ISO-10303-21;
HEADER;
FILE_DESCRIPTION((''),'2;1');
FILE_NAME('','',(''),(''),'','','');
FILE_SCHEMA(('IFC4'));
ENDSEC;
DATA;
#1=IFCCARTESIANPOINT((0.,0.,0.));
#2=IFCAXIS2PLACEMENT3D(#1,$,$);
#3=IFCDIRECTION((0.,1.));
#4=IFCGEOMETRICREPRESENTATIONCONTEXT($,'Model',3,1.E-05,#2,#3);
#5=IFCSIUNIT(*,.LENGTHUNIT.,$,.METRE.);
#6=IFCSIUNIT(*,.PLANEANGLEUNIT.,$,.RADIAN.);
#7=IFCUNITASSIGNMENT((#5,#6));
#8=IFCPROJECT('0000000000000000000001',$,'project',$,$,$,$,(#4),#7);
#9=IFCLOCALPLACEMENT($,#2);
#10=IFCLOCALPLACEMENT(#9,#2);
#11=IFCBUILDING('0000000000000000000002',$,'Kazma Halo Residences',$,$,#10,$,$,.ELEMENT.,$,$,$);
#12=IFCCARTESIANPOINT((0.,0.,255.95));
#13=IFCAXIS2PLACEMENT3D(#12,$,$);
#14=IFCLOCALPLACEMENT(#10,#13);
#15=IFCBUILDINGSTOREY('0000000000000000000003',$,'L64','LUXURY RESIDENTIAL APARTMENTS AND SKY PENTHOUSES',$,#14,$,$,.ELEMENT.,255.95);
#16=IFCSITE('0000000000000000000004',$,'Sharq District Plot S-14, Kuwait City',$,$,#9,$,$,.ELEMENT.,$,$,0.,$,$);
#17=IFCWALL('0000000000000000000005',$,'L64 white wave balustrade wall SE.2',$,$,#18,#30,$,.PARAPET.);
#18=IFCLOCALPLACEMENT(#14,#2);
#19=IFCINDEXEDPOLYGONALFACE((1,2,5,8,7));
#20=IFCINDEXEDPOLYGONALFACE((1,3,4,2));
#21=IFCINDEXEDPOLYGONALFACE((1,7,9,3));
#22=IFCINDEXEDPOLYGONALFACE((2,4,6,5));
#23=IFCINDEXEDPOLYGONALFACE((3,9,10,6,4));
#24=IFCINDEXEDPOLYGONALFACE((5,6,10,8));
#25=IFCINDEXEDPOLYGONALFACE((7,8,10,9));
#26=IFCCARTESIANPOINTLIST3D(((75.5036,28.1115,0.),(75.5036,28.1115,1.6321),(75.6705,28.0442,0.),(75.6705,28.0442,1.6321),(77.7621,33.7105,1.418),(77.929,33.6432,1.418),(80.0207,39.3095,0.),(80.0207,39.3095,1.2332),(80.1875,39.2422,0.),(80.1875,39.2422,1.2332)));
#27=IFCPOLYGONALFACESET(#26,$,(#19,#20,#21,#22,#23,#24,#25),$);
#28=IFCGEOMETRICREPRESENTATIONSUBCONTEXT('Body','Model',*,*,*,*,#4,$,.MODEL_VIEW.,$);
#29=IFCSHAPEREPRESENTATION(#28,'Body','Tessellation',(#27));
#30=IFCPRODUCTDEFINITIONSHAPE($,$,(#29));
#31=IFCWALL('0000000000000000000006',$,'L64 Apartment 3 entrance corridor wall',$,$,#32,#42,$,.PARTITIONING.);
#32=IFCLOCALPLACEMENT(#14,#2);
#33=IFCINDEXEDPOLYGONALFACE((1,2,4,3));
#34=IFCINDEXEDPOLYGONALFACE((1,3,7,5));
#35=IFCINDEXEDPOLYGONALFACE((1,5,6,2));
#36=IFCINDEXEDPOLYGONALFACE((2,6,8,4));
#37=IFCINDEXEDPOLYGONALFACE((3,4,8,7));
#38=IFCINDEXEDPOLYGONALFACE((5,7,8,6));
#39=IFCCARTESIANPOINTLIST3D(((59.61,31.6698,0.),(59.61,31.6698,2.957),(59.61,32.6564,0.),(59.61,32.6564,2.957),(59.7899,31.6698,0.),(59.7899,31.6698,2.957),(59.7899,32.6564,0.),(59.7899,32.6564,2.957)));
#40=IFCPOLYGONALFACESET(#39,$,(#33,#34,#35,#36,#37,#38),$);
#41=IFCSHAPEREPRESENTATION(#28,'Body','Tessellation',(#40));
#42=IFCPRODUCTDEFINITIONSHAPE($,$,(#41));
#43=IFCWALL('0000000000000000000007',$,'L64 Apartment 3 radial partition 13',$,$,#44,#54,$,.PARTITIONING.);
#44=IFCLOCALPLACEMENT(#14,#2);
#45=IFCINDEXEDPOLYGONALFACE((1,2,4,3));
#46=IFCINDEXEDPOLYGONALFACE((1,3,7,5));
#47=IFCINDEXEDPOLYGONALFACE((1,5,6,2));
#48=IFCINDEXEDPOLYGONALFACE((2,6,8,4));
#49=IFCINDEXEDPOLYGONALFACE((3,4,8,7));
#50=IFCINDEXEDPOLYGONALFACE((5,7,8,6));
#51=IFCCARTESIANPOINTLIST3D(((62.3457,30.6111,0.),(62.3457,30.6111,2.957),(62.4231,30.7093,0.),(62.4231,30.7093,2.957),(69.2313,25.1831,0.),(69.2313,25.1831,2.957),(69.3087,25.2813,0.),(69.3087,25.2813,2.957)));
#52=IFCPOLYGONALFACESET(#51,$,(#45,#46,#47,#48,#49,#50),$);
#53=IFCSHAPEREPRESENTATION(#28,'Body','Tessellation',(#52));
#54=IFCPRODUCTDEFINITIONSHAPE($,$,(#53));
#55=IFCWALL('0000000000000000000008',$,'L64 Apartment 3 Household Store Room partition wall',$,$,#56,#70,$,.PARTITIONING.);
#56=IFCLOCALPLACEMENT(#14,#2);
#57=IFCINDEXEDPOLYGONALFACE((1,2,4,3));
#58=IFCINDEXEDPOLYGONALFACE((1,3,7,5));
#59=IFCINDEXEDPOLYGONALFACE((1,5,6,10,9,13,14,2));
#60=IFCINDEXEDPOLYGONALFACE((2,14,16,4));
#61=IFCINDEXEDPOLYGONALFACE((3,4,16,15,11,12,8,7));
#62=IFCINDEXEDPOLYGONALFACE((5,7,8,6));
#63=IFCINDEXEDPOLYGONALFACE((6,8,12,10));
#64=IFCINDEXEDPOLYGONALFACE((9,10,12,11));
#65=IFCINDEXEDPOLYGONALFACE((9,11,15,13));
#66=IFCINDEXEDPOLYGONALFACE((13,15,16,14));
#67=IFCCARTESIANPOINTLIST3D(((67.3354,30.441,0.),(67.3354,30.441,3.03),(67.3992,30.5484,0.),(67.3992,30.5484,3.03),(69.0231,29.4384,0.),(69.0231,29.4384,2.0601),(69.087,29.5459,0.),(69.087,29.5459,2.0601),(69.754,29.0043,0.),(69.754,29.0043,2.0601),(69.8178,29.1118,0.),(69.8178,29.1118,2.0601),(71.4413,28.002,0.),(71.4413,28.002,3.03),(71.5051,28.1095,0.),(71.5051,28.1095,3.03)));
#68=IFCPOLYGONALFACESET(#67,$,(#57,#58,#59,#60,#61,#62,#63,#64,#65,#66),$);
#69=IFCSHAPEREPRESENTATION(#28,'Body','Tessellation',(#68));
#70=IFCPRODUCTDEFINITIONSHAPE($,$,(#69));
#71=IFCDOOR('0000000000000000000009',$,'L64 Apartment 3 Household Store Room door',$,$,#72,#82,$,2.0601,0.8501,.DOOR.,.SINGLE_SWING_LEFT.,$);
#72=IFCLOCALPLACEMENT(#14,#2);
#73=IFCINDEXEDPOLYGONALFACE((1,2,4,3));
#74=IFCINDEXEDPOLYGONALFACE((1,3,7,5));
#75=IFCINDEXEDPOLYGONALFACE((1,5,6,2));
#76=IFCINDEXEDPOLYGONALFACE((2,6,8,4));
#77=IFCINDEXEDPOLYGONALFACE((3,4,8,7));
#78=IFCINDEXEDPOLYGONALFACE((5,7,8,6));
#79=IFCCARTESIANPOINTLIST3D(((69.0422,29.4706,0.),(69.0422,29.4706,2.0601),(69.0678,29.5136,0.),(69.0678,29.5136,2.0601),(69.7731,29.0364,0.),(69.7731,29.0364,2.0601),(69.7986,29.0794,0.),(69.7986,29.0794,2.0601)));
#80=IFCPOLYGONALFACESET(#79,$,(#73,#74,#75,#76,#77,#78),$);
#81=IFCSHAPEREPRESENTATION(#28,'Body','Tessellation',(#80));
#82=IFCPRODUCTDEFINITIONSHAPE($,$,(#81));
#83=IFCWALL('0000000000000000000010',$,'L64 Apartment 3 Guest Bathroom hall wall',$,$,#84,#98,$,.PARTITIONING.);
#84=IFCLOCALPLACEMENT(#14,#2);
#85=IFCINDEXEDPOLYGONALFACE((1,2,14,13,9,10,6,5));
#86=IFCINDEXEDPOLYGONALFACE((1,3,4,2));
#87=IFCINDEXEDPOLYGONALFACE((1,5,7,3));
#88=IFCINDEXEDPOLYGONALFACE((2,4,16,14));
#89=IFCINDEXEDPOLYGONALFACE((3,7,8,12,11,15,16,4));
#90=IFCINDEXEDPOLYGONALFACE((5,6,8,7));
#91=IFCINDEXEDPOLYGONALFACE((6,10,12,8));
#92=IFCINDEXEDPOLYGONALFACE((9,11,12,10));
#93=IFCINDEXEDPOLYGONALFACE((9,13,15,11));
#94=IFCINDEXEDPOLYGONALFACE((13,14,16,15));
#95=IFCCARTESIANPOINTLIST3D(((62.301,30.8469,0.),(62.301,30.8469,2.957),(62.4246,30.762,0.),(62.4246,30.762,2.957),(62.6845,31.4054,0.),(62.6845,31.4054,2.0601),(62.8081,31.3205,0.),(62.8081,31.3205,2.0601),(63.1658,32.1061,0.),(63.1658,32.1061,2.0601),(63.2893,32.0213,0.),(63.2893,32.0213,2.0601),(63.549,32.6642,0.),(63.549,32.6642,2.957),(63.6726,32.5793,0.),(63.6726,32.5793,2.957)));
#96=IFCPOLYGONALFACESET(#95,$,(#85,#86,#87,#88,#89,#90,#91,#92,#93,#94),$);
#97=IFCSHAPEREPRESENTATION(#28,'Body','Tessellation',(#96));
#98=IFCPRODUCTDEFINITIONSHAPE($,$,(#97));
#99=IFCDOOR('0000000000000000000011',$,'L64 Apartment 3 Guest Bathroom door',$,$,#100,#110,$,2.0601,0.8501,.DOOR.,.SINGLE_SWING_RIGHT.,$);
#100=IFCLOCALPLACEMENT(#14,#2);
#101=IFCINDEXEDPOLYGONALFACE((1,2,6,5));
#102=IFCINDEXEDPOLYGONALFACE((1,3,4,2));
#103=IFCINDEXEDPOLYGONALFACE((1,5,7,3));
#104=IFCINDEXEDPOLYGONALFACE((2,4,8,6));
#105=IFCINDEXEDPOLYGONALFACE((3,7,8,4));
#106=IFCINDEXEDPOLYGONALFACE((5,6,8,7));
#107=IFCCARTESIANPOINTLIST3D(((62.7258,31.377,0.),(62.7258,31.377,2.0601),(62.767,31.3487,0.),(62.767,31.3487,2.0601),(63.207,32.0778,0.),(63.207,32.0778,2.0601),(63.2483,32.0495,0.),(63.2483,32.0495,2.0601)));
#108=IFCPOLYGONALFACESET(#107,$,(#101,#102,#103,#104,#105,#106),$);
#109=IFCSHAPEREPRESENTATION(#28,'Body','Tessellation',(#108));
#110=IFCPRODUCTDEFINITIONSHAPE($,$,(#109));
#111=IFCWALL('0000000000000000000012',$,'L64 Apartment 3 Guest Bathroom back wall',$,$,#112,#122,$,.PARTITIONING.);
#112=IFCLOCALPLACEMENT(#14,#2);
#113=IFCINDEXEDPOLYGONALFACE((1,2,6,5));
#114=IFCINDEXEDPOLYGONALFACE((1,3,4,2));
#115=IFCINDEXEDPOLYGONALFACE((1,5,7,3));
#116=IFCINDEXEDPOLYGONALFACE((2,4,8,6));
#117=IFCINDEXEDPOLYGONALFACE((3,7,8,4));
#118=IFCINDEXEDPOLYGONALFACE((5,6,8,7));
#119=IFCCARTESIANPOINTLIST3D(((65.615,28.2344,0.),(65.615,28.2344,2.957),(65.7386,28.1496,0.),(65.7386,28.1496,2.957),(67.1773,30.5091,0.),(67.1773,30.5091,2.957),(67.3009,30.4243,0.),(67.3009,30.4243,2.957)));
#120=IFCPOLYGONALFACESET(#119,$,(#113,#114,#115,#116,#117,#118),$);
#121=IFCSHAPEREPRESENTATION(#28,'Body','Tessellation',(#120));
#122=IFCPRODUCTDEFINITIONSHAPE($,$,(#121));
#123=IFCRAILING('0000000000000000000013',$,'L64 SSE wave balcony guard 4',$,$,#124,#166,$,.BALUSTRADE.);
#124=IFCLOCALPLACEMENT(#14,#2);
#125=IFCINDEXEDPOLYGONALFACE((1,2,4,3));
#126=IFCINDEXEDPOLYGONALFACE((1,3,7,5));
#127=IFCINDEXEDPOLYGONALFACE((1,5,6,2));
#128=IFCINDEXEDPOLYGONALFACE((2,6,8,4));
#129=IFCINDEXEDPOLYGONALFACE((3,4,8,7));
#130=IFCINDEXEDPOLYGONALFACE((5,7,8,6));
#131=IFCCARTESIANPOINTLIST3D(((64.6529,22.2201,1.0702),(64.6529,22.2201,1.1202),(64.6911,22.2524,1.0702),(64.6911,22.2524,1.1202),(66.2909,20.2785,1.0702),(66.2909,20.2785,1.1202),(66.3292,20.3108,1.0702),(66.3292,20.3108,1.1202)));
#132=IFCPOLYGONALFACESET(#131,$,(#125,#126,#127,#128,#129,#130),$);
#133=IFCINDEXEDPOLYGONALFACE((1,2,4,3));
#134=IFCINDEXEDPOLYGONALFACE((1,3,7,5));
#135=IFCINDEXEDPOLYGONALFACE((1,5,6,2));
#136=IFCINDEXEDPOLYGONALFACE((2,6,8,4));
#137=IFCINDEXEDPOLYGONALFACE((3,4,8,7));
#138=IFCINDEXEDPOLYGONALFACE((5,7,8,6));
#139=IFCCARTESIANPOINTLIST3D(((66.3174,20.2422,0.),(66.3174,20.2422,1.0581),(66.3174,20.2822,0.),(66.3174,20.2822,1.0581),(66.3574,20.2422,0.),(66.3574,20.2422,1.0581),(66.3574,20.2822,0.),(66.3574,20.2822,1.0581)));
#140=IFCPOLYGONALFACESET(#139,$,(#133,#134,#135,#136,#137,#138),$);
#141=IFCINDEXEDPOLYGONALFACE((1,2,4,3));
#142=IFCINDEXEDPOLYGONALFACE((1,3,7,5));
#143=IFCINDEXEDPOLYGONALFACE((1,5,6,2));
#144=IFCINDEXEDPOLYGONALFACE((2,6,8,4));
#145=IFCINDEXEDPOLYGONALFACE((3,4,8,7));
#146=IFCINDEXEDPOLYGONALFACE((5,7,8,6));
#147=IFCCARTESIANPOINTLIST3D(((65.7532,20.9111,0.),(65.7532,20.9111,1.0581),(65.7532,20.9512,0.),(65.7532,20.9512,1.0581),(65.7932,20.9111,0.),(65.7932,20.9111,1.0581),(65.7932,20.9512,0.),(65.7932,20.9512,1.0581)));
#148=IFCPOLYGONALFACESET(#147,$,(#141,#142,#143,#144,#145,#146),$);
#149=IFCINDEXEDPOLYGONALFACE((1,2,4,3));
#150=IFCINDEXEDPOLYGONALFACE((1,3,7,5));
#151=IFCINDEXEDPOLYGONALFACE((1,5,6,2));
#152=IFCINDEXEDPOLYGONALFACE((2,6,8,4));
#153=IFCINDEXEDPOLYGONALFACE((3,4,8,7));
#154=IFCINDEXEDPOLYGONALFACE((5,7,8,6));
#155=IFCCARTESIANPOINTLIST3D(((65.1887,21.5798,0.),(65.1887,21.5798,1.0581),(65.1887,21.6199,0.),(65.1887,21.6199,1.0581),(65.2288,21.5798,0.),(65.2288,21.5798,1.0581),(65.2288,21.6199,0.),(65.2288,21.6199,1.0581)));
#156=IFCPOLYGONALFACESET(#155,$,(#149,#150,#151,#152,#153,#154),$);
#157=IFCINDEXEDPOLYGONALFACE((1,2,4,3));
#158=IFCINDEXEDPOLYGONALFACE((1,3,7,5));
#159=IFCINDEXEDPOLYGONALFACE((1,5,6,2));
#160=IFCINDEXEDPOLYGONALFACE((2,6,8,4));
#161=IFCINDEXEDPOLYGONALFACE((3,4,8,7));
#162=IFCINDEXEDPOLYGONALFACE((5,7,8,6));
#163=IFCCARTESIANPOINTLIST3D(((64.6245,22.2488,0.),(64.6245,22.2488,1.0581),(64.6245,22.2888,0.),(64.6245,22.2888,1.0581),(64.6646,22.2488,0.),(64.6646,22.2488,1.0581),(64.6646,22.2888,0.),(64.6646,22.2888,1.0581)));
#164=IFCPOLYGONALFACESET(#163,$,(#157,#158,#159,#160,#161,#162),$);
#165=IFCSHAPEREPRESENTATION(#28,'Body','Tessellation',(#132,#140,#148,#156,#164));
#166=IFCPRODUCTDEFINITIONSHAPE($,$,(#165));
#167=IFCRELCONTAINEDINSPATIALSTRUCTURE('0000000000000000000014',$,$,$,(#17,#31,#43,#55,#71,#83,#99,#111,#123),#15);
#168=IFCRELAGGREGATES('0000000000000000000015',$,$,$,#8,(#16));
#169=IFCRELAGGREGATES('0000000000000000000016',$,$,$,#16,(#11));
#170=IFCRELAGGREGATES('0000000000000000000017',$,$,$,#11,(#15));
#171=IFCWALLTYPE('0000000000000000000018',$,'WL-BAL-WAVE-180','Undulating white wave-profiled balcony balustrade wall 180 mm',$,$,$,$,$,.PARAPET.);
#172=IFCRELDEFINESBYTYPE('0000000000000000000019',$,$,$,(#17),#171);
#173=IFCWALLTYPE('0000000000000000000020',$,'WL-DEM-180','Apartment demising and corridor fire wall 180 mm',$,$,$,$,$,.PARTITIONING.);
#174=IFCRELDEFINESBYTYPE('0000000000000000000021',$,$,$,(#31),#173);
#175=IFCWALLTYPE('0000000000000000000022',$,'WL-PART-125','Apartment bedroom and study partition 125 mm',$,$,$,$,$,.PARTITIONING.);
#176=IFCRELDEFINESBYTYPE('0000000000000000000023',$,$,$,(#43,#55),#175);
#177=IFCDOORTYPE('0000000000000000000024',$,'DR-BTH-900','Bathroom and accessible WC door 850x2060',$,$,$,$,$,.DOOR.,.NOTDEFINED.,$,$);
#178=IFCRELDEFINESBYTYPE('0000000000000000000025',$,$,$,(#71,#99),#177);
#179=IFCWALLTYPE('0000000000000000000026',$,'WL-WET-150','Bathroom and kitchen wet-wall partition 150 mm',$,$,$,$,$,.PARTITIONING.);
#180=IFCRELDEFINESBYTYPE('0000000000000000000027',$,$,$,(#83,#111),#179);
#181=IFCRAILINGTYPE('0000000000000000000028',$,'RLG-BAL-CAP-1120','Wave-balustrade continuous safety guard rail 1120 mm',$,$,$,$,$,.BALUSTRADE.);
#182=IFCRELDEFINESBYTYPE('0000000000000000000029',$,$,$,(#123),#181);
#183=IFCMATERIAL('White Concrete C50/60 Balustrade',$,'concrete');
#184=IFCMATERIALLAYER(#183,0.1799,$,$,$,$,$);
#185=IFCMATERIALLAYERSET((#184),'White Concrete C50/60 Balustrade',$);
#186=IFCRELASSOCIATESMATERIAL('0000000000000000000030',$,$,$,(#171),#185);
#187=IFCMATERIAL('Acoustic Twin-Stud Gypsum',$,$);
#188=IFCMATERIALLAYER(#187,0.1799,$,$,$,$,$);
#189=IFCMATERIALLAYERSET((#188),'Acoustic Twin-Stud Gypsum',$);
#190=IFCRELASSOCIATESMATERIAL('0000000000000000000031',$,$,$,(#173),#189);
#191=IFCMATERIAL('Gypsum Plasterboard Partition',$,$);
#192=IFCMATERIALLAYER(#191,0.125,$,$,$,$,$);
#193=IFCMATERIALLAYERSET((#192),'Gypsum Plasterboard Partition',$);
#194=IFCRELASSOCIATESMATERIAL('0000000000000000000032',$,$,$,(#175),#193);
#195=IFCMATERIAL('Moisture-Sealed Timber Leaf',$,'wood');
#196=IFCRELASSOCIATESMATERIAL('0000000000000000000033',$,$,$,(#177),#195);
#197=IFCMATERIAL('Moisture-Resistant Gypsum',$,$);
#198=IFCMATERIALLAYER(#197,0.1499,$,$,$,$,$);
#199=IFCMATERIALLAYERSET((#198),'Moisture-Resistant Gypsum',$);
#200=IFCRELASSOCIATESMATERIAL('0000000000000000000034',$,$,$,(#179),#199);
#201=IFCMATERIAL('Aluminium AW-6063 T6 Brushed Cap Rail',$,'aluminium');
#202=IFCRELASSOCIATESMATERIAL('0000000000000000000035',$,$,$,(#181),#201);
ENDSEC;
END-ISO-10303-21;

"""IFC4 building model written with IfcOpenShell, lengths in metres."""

from ifc_helpers import new_model, si_unit, direction, frame, frame_2d, origin, origin_2d, place, context, subcontext, project, spatial, polyline, rectangle, outline, extrude, material, layer, layer_set, type_object, element, fill, save


model = new_model("IFC4")

# Units and contexts
model_context = context("Model", 3, precision=1e-05, world=origin(), true_north=direction((0.0, 1.0)))
body_context = subcontext(model_context, "Body", "Model", "MODEL_VIEW")
ifc_project = project(units=[si_unit("LENGTHUNIT", "METRE"), si_unit("PLANEANGLEUNIT", "RADIAN")], contexts=[model_context])

# Site, building, storey
site_placement = place(None, origin())
site = spatial("IfcSite", under=ifc_project, at=site_placement, Name="Sharq District Plot S-14, Kuwait City", CompositionType="ELEMENT", RefElevation=0.0)
building_placement = place(site_placement, origin())
building = spatial("IfcBuilding", under=site, at=building_placement, Name="Kazma Halo Residences", CompositionType="ELEMENT")
storey_placement = place(building_placement, frame((0.0, 0.0, 255.95)))
storey = spatial("IfcBuildingStorey", under=building, at=storey_placement, Name="L64", Description="LUXURY RESIDENTIAL APARTMENTS AND SKY PENTHOUSES", CompositionType="ELEMENT", Elevation=255.95)

# Walls
ifc_material_1 = material(Name="White Concrete C50/60 Balustrade", Category="concrete")
ifc_layer_1 = layer(ifc_material_1, 0.1799)
ifc_layer_set_1 = layer_set([ifc_layer_1], Name="White Concrete C50/60 Balustrade")
wall_type_1 = type_object("IfcWallType", Name="WL-BAL-WAVE-180", Description="Undulating white wave-profiled balcony balustrade wall 180 mm", PredefinedType="PARAPET", material=ifc_layer_set_1)
wall_1_placement = place(storey_placement, frame((75.5869, 28.0779, 0.0), z_axis=(0.0, 0.0, 1.0), x_axis=(0.374094, 0.927391, 0.0)))
element("IfcWall", 1, at=wall_1_placement, inside=storey, type_object=wall_type_1, Name="L64 white wave balustrade wall SE.2", PredefinedType="PARAPET", context=body_context, shape_type="SweptSolid", body=[
    extrude(outline(polyline([(0.0, 0.0), (12.0747, 0.0), (12.0747, 1.2332), (6.0374, 1.418), (0.0, 1.6321), (0.0, 0.0)])), frame((0.0, 0.0898, 0.0), z_axis=(0.0, -1.0, 0.0), x_axis=(1.0, 0.0, 0.0)), (0.0, 0.0, 1.0), 0.1799),
])
ifc_material_2 = material(Name="Acoustic Twin-Stud Gypsum")
ifc_layer_2 = layer(ifc_material_2, 0.1799)
ifc_layer_set_2 = layer_set([ifc_layer_2], Name="Acoustic Twin-Stud Gypsum")
wall_type_2 = type_object("IfcWallType", Name="WL-DEM-180", Description="Apartment demising and corridor fire wall 180 mm", PredefinedType="PARTITIONING", material=ifc_layer_set_2)
wall_2_placement = place(storey_placement, frame((59.7, 31.6699, 0.0), z_axis=(0.0, 0.0, 1.0), x_axis=(0.0, 1.0, 0.0)))
element("IfcWall", 2, at=wall_2_placement, inside=storey, type_object=wall_type_2, Name="L64 Apartment 3 entrance corridor wall", PredefinedType="PARTITIONING", context=body_context, shape_type="SweptSolid", body=[
    extrude(rectangle(XDim=0.9866, YDim=0.1799, at=frame_2d((0.4932, 0.0))), origin(), (0.0, 0.0, 1.0), 2.957),
])

# Wall
ifc_material_3 = material(Name="Gypsum Plasterboard Partition")
ifc_layer_3 = layer(ifc_material_3, 0.125)
ifc_layer_set_3 = layer_set([ifc_layer_3], Name="Gypsum Plasterboard Partition")
wall_type_3 = type_object("IfcWallType", Name="WL-PART-125", Description="Apartment bedroom and study partition 125 mm", PredefinedType="PARTITIONING", material=ifc_layer_set_3)
wall_3_placement = place(storey_placement, frame((62.3845, 30.6602, 0.0), z_axis=(0.0, 0.0, 1.0), x_axis=(0.785323, -0.619086, 0.0)))
element("IfcWall", 3, at=wall_3_placement, inside=storey, type_object=wall_type_3, Name="L64 Apartment 3 radial partition 13", PredefinedType="PARTITIONING", context=body_context, shape_type="SweptSolid", body=[
    extrude(rectangle(XDim=8.7678, YDim=0.125, at=frame_2d((4.3838, 0.0))), origin(), (0.0, 0.0, 1.0), 2.957),
])

# Walls, openings, doors
wall_4_placement = place(storey_placement, frame((67.3674, 30.4946, 0.0), z_axis=(0.0, 0.0, 1.0), x_axis=(0.859758, -0.510702, 0.0)))
wall_4 = element("IfcWall", 4, at=wall_4_placement, inside=storey, type_object=wall_type_3, Name="L64 Apartment 3 Household Store Room partition wall", PredefinedType="PARTITIONING", context=body_context, shape_type="SweptSolid", body=[
    extrude(rectangle(XDim=4.7756, YDim=0.125, at=frame_2d((2.3877, 0.0))), origin(), (0.0, 0.0, 1.0), 3.03),
])
opening_1_placement = place(wall_4_placement, frame((1.9629, 0.0, 0.0)))
opening_1 = element("IfcOpeningElement", 5, at=opening_1_placement, cuts=wall_4, PredefinedType="OPENING", context=body_context, shape_type="SweptSolid", body=[
    extrude(rectangle(XDim=0.8501, YDim=2.0601, at=frame_2d((0.425, 1.03))), frame((0.0, 0.0725, 0.0), z_axis=(0.0, -1.0, 0.0), x_axis=(1.0, 0.0, 0.0)), (0.0, 0.0, 1.0), 0.145),
])
ifc_material_4 = material(Name="Moisture-Sealed Timber Leaf", Category="wood")
door_type_1 = type_object("IfcDoorType", Name="DR-BTH-900", Description="Bathroom and accessible WC door 850x2060", OperationType="NOTDEFINED", PredefinedType="DOOR", material=ifc_material_4)
door_1_placement = place(opening_1_placement, origin())
door_1 = element("IfcDoor", 6, at=door_1_placement, inside=storey, type_object=door_type_1, Name="L64 Apartment 3 Household Store Room door", OperationType="SINGLE_SWING_LEFT", OverallHeight=2.0601, OverallWidth=0.8501, PredefinedType="DOOR", context=body_context, shape_type="SweptSolid", body=[
    extrude(rectangle(XDim=0.8501, YDim=2.0601, at=frame_2d((0.425, 1.03))), frame((0.0, 0.0249, 0.0), z_axis=(0.0, -1.0, 0.0), x_axis=(1.0, 0.0, 0.0)), (0.0, 0.0, 1.0), 0.05),
])
fill(opening_1, door_1)
ifc_material_5 = material(Name="Moisture-Resistant Gypsum")
ifc_layer_4 = layer(ifc_material_5, 0.1499)
ifc_layer_set_4 = layer_set([ifc_layer_4], Name="Moisture-Resistant Gypsum")
wall_type_4 = type_object("IfcWallType", Name="WL-WET-150", Description="Bathroom and kitchen wet-wall partition 150 mm", PredefinedType="PARTITIONING", material=ifc_layer_set_4)
wall_5_placement = place(storey_placement, frame((62.3628, 30.8044, 0.0), z_axis=(0.0, 0.0, 1.0), x_axis=(0.566096, 0.824339, 0.0)))
wall_5 = element("IfcWall", 7, at=wall_5_placement, inside=storey, type_object=wall_type_4, Name="L64 Apartment 3 Guest Bathroom hall wall", PredefinedType="PARTITIONING", context=body_context, shape_type="SweptSolid", body=[
    extrude(rectangle(XDim=2.2046, YDim=0.1499, at=frame_2d((1.1023, 0.0))), origin(), (0.0, 0.0, 1.0), 2.957),
])
opening_2_placement = place(wall_5_placement, frame((0.6775, 0.0, 0.0)))
opening_2 = element("IfcOpeningElement", 8, at=opening_2_placement, cuts=wall_5, PredefinedType="OPENING", context=body_context, shape_type="SweptSolid", body=[
    extrude(rectangle(XDim=0.8501, YDim=2.0601, at=frame_2d((0.425, 1.03))), frame((0.0, 0.085, 0.0), z_axis=(0.0, -1.0, 0.0), x_axis=(1.0, 0.0, 0.0)), (0.0, 0.0, 1.0), 0.1699),
])
door_2_placement = place(opening_2_placement, origin())
door_2 = element("IfcDoor", 9, at=door_2_placement, inside=storey, type_object=door_type_1, Name="L64 Apartment 3 Guest Bathroom door", OperationType="SINGLE_SWING_RIGHT", OverallHeight=2.0601, OverallWidth=0.8501, PredefinedType="DOOR", context=body_context, shape_type="SweptSolid", body=[
    extrude(rectangle(XDim=0.8501, YDim=2.0601, at=frame_2d((0.425, 1.03))), frame((0.0, 0.0249, 0.0), z_axis=(0.0, -1.0, 0.0), x_axis=(1.0, 0.0, 0.0)), (0.0, 0.0, 1.0), 0.05),
])
fill(opening_2, door_2)

# Wall
wall_6_placement = place(storey_placement, frame((65.6768, 28.1919, 0.0), z_axis=(0.0, 0.0, 1.0), x_axis=(0.566142, 0.824308, 0.0)))
element("IfcWall", 10, at=wall_6_placement, inside=storey, type_object=wall_type_4, Name="L64 Apartment 3 Guest Bathroom back wall", PredefinedType="PARTITIONING", context=body_context, shape_type="SweptSolid", body=[
    extrude(rectangle(XDim=2.7595, YDim=0.1499, at=frame_2d((1.3799, 0.0))), origin(), (0.0, 0.0, 1.0), 2.957),
])

# Railing
ifc_material_6 = material(Name="Aluminium AW-6063 T6 Brushed Cap Rail", Category="aluminium")
railing_type = type_object("IfcRailingType", Name="RLG-BAL-CAP-1120", Description="Wave-balustrade continuous safety guard rail 1120 mm", PredefinedType="BALUSTRADE", material=ifc_material_6)
railing_1_placement = place(storey_placement, frame((66.3374, 20.2622, 0.0)))
element("IfcRailing", 11, at=railing_1_placement, inside=storey, type_object=railing_type, Name="L64 SSE wave balcony guard 4", PredefinedType="BALUSTRADE", context=body_context, shape_type="SweptSolid", body=[
    extrude(rectangle(XDim=0.05, YDim=0.05, at=origin_2d()), frame((-0.0273, 0.0325, 1.0952), z_axis=(-0.644828, 0.764327, 0.0), x_axis=(-0.764327, -0.644828, 0.0)), (0.0, 0.0, 1.0), 2.5403),
    extrude(rectangle(XDim=0.04, YDim=0.04, at=origin_2d()), origin(), (0.0, 0.0, 1.0), 1.0581),
    extrude(rectangle(XDim=0.04, YDim=0.04, at=origin_2d()), frame((-0.5642, 0.6689, 0.0)), (0.0, 0.0, 1.0), 1.0581),
    extrude(rectangle(XDim=0.04, YDim=0.04, at=origin_2d()), frame((-1.1287, 1.3376, 0.0)), (0.0, 0.0, 1.0), 1.0581),
    extrude(rectangle(XDim=0.04, YDim=0.04, at=origin_2d()), frame((-1.6929, 2.0066, 0.0)), (0.0, 0.0, 1.0), 1.0581),
])

save(model, "model.ifc")
